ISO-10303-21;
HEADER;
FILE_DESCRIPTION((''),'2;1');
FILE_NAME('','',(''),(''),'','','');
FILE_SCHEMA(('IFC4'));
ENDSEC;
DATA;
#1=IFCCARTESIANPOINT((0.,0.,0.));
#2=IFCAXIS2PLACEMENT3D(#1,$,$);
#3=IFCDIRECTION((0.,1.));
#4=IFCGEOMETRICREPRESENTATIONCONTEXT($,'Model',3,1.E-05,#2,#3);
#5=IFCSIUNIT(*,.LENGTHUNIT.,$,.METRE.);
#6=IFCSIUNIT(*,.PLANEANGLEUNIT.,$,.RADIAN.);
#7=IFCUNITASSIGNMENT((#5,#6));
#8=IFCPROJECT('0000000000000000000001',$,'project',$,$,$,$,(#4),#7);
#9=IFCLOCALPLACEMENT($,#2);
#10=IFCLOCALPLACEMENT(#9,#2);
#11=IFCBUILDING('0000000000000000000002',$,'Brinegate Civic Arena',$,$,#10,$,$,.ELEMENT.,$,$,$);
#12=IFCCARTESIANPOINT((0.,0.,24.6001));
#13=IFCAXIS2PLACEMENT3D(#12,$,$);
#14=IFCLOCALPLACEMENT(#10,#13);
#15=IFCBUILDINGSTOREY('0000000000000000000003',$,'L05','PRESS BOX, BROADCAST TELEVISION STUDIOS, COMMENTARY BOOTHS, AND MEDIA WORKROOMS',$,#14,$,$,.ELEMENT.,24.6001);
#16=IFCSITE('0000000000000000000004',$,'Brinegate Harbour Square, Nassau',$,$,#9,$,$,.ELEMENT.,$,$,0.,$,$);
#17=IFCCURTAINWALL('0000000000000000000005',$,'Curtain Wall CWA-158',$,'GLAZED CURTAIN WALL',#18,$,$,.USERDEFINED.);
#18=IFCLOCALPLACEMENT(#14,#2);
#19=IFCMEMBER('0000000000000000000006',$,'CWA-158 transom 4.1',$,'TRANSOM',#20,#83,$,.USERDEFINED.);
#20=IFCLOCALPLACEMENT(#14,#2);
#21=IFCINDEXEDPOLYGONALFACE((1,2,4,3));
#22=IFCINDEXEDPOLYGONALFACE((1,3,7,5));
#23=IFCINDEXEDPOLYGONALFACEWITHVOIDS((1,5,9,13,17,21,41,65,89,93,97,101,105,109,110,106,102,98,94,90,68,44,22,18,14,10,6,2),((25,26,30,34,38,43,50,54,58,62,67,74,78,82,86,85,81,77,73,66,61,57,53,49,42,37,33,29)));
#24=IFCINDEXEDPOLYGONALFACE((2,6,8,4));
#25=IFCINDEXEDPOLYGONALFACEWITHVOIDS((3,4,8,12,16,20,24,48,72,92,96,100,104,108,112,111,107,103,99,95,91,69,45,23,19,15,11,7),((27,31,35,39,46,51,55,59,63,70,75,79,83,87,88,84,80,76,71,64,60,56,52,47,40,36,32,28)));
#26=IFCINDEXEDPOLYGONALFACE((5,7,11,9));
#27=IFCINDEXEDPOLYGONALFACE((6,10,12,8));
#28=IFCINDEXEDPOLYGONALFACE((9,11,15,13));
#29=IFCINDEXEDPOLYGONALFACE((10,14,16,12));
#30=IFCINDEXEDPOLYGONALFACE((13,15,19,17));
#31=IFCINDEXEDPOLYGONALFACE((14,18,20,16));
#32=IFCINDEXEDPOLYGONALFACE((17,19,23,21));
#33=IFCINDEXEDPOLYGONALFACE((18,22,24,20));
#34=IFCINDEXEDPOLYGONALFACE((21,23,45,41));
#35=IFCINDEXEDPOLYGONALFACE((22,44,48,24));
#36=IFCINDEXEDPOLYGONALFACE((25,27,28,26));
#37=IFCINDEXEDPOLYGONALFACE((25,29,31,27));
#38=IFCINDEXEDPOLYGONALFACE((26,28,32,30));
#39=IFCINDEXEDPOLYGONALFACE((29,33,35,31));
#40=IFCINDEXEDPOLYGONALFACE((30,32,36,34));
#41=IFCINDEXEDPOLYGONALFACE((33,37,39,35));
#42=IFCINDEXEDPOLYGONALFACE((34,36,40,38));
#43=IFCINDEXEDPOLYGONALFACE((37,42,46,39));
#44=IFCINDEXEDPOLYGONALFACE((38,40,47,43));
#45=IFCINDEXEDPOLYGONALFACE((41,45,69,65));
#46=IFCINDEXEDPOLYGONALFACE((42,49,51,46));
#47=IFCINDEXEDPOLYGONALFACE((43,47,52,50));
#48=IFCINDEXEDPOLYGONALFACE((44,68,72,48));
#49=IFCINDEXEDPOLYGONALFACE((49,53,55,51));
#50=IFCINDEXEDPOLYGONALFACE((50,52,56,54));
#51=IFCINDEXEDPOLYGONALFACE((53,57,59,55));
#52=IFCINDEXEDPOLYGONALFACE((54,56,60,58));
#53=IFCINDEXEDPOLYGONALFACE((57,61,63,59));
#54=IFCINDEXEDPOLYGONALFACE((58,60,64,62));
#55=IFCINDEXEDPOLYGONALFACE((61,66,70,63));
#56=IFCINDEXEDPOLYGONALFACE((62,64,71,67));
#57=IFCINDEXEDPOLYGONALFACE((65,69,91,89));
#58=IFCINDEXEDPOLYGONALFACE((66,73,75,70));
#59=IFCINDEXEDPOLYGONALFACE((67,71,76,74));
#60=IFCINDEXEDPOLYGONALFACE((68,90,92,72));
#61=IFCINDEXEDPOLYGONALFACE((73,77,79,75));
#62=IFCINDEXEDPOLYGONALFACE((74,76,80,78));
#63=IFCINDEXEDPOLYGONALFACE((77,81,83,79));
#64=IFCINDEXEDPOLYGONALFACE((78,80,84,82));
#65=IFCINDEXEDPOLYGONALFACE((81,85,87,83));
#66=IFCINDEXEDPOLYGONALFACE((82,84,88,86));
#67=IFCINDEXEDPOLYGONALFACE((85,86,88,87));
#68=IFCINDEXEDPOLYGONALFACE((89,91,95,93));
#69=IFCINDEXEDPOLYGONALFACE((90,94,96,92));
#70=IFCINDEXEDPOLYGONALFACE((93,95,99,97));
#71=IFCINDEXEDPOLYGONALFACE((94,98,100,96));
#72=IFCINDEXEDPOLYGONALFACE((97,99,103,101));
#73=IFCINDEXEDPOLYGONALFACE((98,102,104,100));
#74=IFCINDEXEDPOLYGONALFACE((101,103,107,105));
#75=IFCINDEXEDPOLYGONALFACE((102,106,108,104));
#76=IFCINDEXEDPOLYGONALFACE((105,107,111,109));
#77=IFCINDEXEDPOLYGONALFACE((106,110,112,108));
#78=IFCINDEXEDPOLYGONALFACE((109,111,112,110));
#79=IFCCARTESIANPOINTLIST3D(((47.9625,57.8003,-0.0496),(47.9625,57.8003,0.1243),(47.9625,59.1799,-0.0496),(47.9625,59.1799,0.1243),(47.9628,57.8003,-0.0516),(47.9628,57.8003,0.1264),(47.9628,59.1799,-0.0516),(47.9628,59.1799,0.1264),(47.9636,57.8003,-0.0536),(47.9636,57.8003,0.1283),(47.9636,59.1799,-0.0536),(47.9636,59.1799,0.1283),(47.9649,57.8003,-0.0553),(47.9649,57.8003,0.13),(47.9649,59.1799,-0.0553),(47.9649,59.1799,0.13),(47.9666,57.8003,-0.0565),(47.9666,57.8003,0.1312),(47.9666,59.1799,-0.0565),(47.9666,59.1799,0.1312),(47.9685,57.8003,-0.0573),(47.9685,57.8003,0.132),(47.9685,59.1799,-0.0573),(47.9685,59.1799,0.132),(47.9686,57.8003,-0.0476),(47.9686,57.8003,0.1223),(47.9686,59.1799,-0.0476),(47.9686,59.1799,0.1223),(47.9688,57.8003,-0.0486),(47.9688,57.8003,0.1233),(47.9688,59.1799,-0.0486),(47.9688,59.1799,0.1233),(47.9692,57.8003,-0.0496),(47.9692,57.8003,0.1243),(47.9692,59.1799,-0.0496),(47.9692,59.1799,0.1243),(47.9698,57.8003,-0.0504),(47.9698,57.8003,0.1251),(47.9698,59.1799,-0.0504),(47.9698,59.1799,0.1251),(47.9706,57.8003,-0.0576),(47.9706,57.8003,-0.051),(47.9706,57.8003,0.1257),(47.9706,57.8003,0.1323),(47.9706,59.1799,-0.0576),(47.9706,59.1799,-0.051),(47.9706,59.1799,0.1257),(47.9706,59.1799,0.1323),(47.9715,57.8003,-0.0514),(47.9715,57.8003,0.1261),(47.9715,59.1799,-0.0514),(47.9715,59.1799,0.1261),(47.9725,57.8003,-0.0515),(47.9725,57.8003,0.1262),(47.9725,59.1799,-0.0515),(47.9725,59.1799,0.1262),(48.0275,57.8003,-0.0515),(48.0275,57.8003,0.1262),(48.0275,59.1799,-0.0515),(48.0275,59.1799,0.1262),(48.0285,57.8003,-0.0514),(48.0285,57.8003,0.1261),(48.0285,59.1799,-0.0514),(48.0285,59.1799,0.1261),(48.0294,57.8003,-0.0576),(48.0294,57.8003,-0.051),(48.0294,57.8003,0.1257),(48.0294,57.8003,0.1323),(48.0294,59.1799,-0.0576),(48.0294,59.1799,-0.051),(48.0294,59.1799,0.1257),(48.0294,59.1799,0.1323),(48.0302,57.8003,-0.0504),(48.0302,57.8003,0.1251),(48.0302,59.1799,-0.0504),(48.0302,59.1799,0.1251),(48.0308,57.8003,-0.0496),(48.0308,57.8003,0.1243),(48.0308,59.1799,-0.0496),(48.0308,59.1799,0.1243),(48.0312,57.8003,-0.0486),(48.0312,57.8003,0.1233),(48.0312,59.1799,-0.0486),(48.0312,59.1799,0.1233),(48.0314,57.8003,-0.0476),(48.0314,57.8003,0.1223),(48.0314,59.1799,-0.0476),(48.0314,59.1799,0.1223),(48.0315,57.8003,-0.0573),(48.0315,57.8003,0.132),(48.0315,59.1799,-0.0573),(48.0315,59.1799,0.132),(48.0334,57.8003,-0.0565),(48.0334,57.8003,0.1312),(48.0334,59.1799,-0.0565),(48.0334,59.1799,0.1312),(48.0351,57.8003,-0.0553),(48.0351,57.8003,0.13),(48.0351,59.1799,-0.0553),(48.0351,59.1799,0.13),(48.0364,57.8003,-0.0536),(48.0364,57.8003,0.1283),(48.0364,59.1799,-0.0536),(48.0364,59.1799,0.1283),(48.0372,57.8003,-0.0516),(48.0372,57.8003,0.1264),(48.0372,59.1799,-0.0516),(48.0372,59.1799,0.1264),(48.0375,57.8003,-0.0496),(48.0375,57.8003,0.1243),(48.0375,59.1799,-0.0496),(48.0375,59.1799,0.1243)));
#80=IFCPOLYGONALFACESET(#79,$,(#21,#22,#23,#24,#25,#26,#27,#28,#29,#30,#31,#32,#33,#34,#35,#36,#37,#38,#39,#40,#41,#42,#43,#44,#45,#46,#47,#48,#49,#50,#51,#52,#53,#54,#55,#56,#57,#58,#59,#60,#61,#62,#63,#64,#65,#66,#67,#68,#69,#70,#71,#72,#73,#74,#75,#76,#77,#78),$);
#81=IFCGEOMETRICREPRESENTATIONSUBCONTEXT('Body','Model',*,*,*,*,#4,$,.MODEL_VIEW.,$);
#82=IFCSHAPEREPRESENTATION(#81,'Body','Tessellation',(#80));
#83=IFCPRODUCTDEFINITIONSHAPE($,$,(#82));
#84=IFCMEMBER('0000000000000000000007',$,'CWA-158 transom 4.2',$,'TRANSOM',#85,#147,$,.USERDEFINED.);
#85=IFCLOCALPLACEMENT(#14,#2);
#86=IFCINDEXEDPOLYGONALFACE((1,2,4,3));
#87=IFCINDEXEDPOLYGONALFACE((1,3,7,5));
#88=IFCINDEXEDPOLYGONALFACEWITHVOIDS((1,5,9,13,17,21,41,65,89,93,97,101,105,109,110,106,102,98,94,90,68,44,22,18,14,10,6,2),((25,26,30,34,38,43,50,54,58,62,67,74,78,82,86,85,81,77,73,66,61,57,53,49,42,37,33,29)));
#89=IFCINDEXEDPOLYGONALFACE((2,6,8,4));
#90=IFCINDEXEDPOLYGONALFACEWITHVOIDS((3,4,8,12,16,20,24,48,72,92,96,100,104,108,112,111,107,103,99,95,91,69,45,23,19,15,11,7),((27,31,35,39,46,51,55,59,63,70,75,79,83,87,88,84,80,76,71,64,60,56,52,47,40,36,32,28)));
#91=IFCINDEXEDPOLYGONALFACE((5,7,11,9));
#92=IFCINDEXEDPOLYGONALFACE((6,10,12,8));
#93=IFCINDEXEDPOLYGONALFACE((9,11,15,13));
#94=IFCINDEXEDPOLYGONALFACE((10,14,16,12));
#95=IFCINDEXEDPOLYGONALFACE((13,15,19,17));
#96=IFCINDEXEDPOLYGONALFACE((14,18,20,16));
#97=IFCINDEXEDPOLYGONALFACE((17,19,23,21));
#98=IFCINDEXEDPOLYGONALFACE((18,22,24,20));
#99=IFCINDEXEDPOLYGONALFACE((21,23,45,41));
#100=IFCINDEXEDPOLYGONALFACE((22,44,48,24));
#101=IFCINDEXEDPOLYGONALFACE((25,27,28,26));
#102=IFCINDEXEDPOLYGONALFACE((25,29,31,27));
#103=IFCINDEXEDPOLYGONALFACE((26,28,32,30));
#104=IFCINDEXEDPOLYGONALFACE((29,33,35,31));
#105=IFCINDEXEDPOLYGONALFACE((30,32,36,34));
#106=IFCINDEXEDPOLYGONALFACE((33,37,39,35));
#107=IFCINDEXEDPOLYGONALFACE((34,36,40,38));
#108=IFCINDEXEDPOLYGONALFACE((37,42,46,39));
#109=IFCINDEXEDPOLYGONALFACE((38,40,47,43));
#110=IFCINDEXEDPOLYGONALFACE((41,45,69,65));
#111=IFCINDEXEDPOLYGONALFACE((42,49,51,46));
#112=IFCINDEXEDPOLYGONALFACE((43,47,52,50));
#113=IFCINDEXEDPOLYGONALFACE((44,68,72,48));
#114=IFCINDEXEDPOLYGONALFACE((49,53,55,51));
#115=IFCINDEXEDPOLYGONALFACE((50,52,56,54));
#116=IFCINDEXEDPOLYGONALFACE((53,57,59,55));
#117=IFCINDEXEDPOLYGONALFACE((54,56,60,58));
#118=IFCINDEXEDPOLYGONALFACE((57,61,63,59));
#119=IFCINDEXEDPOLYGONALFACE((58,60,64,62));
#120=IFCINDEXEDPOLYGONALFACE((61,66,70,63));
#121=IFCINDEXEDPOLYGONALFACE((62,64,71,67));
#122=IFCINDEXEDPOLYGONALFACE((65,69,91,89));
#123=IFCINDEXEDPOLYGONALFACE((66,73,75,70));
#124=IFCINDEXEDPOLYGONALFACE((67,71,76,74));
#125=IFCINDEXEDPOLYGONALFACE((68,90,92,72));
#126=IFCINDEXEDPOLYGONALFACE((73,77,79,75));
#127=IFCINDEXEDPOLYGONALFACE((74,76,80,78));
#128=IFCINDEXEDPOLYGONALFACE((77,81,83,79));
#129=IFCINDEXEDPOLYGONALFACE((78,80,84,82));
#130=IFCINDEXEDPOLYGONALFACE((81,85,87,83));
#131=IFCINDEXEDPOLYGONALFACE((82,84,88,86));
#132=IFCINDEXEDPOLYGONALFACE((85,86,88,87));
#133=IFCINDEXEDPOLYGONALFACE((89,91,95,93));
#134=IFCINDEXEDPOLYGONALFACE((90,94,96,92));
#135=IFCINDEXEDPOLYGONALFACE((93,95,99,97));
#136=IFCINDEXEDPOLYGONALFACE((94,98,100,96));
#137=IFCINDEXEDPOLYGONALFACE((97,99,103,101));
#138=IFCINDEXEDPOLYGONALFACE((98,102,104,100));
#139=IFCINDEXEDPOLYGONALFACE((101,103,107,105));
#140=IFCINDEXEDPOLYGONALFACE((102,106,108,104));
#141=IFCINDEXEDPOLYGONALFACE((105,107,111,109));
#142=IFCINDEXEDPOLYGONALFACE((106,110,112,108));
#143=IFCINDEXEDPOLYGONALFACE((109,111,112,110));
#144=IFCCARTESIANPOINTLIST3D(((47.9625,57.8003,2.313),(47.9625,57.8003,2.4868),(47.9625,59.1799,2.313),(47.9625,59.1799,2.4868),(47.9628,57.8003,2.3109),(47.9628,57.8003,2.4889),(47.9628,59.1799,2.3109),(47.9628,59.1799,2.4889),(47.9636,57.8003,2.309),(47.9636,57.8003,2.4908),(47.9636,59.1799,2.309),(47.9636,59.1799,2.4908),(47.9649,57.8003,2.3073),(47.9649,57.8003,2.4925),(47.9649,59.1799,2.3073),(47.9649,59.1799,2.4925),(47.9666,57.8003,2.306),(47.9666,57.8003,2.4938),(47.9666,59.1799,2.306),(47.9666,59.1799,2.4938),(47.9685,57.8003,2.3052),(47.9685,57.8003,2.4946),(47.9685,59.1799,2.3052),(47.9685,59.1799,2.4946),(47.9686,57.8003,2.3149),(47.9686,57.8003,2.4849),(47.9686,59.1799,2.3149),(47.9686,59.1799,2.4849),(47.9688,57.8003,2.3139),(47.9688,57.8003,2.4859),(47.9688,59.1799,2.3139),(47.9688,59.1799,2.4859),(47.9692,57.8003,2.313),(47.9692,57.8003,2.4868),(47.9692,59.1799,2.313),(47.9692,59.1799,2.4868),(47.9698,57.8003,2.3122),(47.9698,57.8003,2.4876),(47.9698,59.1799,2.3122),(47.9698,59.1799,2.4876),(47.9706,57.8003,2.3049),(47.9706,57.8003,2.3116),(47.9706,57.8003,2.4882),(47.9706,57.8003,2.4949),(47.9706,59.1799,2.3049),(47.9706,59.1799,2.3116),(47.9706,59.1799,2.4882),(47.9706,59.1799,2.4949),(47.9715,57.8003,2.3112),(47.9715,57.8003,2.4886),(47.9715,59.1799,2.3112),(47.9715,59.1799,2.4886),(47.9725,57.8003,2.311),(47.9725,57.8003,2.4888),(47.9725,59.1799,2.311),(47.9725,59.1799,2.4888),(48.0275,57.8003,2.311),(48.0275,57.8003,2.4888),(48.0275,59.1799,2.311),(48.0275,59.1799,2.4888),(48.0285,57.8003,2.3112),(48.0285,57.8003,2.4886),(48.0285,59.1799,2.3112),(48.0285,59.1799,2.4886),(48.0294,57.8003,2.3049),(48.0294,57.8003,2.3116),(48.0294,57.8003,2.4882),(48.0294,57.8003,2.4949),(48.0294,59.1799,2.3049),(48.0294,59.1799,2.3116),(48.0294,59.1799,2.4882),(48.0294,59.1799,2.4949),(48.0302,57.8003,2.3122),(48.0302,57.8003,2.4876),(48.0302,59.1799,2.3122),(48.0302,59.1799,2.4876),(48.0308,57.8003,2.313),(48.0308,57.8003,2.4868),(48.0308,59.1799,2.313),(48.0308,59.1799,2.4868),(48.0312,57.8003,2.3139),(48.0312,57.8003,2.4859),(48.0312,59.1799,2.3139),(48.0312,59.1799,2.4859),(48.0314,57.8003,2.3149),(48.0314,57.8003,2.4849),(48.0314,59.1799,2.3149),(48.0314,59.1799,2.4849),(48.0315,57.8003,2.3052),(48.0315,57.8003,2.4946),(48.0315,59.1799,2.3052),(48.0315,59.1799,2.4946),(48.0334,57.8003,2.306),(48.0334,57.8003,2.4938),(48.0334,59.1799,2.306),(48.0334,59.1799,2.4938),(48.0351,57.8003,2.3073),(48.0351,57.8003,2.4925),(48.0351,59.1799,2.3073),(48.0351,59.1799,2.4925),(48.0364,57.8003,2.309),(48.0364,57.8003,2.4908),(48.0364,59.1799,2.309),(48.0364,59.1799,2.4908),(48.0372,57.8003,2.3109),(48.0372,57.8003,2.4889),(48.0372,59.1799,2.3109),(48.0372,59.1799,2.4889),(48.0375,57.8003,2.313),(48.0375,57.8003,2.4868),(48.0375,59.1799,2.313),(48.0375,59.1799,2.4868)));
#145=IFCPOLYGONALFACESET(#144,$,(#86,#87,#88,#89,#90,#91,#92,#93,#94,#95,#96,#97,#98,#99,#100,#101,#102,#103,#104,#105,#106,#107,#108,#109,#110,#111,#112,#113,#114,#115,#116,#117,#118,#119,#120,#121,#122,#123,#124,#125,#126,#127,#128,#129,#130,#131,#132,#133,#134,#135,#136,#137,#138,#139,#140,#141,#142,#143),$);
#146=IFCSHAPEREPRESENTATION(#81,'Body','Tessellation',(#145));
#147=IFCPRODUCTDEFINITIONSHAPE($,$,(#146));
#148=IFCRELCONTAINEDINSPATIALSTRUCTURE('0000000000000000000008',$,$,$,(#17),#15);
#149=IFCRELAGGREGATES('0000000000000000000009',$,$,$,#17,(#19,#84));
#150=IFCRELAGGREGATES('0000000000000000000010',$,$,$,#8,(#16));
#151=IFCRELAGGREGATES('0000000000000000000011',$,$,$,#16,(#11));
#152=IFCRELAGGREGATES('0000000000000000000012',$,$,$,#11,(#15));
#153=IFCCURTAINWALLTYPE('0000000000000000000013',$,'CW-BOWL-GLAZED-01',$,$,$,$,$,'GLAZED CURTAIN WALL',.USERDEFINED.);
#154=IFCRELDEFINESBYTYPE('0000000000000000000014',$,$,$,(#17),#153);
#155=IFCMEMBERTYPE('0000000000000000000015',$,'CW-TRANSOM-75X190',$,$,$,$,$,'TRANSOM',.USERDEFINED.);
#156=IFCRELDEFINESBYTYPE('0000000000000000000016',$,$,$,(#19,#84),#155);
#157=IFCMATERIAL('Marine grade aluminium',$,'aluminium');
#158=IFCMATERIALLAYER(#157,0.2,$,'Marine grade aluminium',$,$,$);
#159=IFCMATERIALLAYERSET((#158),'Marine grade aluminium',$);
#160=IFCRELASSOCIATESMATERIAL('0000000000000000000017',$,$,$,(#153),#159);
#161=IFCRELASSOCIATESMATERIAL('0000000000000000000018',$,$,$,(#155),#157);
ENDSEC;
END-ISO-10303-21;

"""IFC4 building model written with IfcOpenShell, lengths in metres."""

from ifc_helpers import new_model, si_unit, direction, frame, origin, origin_2d, place, context, subcontext, project, spatial, hollow_rectangle, extrude, material, layer, layer_set, material_profile, profile_set, type_object, element, aggregate, save


model = new_model("IFC4")

# Units and contexts
model_context = context("Model", 3, precision=1e-05, world=origin(), true_north=direction((0.0, 1.0)))
body_context = subcontext(model_context, "Body", "Model", "MODEL_VIEW")
ifc_project = project(units=[si_unit("LENGTHUNIT", "METRE"), si_unit("PLANEANGLEUNIT", "RADIAN")], contexts=[model_context])

# Site, building, storey
site_placement = place(None, origin())
site = spatial("IfcSite", under=ifc_project, at=site_placement, Name="Brinegate Harbour Square, Nassau", CompositionType="ELEMENT", RefElevation=0.0)
building_placement = place(site_placement, origin())
building = spatial("IfcBuilding", under=site, at=building_placement, Name="Brinegate Civic Arena", CompositionType="ELEMENT")
storey_placement = place(building_placement, frame((0.0, 0.0, 24.6001)))
storey = spatial("IfcBuildingStorey", under=building, at=storey_placement, Name="L05", Description="PRESS BOX, BROADCAST TELEVISION STUDIOS, COMMENTARY BOOTHS, AND MEDIA WORKROOMS", CompositionType="ELEMENT", Elevation=24.6001)

# Curtain wall, members
ifc_material_1 = material(Name="Marine grade aluminium", Category="aluminium")
ifc_layer_1 = layer(ifc_material_1, 0.2, Name="Marine grade aluminium")
ifc_layer_set_1 = layer_set([ifc_layer_1], Name="Marine grade aluminium")
curtain_wall_type = type_object("IfcCurtainWallType", Name="CW-BOWL-GLAZED-01", ElementType="GLAZED CURTAIN WALL", PredefinedType="USERDEFINED", material=ifc_layer_set_1)
curtain_wall_placement = place(storey_placement, origin())
curtain_wall = element("IfcCurtainWall", 1, at=curtain_wall_placement, inside=storey, type_object=curtain_wall_type, Name="Curtain Wall CWA-158", ObjectType="GLAZED CURTAIN WALL", PredefinedType="USERDEFINED")
ifc_material_profile_1 = material_profile(ifc_material_1, hollow_rectangle(XDim=0.075, YDim=0.1899, WallThickness=0.0061, InnerFilletRadius=0.0039, OuterFilletRadius=0.0081, at=origin_2d()), Name="TRN75X190")
ifc_profile_set_1 = profile_set([ifc_material_profile_1], Name="Marine grade aluminium")
member_type_1 = type_object("IfcMemberType", Name="CW-TRANSOM-75X190", ElementType="TRANSOM", PredefinedType="USERDEFINED", material=ifc_profile_set_1)
member_1_placement = place(storey_placement, frame((48.0, 57.8003, 0.0374), z_axis=(0.0, 1.0, 0.0), x_axis=(-1.0, 0.0, 0.0)))
member_1 = element("IfcMember", 2, at=member_1_placement, type_object=member_type_1, Name="CWA-158 transom 4.1", ObjectType="TRANSOM", PredefinedType="USERDEFINED", context=body_context, shape_type="SweptSolid", body=[
    extrude(hollow_rectangle(XDim=0.075, YDim=0.1899, WallThickness=0.0061, InnerFilletRadius=0.0039, OuterFilletRadius=0.0081, at=origin_2d()), origin(), (0.0, 0.0, 1.0), 1.3796),
])
member_2_placement = place(storey_placement, frame((48.0, 57.8003, 2.3999), z_axis=(0.0, 1.0, 0.0), x_axis=(-1.0, 0.0, 0.0)))
member_2 = element("IfcMember", 3, at=member_2_placement, type_object=member_type_1, Name="CWA-158 transom 4.2", ObjectType="TRANSOM", PredefinedType="USERDEFINED", context=body_context, shape_type="SweptSolid", body=[
    extrude(hollow_rectangle(XDim=0.075, YDim=0.1899, WallThickness=0.0061, InnerFilletRadius=0.0039, OuterFilletRadius=0.0081, at=origin_2d()), origin(), (0.0, 0.0, 1.0), 1.3796),
])

aggregate(curtain_wall, [member_1, member_2])

save(model, "model.ifc")
